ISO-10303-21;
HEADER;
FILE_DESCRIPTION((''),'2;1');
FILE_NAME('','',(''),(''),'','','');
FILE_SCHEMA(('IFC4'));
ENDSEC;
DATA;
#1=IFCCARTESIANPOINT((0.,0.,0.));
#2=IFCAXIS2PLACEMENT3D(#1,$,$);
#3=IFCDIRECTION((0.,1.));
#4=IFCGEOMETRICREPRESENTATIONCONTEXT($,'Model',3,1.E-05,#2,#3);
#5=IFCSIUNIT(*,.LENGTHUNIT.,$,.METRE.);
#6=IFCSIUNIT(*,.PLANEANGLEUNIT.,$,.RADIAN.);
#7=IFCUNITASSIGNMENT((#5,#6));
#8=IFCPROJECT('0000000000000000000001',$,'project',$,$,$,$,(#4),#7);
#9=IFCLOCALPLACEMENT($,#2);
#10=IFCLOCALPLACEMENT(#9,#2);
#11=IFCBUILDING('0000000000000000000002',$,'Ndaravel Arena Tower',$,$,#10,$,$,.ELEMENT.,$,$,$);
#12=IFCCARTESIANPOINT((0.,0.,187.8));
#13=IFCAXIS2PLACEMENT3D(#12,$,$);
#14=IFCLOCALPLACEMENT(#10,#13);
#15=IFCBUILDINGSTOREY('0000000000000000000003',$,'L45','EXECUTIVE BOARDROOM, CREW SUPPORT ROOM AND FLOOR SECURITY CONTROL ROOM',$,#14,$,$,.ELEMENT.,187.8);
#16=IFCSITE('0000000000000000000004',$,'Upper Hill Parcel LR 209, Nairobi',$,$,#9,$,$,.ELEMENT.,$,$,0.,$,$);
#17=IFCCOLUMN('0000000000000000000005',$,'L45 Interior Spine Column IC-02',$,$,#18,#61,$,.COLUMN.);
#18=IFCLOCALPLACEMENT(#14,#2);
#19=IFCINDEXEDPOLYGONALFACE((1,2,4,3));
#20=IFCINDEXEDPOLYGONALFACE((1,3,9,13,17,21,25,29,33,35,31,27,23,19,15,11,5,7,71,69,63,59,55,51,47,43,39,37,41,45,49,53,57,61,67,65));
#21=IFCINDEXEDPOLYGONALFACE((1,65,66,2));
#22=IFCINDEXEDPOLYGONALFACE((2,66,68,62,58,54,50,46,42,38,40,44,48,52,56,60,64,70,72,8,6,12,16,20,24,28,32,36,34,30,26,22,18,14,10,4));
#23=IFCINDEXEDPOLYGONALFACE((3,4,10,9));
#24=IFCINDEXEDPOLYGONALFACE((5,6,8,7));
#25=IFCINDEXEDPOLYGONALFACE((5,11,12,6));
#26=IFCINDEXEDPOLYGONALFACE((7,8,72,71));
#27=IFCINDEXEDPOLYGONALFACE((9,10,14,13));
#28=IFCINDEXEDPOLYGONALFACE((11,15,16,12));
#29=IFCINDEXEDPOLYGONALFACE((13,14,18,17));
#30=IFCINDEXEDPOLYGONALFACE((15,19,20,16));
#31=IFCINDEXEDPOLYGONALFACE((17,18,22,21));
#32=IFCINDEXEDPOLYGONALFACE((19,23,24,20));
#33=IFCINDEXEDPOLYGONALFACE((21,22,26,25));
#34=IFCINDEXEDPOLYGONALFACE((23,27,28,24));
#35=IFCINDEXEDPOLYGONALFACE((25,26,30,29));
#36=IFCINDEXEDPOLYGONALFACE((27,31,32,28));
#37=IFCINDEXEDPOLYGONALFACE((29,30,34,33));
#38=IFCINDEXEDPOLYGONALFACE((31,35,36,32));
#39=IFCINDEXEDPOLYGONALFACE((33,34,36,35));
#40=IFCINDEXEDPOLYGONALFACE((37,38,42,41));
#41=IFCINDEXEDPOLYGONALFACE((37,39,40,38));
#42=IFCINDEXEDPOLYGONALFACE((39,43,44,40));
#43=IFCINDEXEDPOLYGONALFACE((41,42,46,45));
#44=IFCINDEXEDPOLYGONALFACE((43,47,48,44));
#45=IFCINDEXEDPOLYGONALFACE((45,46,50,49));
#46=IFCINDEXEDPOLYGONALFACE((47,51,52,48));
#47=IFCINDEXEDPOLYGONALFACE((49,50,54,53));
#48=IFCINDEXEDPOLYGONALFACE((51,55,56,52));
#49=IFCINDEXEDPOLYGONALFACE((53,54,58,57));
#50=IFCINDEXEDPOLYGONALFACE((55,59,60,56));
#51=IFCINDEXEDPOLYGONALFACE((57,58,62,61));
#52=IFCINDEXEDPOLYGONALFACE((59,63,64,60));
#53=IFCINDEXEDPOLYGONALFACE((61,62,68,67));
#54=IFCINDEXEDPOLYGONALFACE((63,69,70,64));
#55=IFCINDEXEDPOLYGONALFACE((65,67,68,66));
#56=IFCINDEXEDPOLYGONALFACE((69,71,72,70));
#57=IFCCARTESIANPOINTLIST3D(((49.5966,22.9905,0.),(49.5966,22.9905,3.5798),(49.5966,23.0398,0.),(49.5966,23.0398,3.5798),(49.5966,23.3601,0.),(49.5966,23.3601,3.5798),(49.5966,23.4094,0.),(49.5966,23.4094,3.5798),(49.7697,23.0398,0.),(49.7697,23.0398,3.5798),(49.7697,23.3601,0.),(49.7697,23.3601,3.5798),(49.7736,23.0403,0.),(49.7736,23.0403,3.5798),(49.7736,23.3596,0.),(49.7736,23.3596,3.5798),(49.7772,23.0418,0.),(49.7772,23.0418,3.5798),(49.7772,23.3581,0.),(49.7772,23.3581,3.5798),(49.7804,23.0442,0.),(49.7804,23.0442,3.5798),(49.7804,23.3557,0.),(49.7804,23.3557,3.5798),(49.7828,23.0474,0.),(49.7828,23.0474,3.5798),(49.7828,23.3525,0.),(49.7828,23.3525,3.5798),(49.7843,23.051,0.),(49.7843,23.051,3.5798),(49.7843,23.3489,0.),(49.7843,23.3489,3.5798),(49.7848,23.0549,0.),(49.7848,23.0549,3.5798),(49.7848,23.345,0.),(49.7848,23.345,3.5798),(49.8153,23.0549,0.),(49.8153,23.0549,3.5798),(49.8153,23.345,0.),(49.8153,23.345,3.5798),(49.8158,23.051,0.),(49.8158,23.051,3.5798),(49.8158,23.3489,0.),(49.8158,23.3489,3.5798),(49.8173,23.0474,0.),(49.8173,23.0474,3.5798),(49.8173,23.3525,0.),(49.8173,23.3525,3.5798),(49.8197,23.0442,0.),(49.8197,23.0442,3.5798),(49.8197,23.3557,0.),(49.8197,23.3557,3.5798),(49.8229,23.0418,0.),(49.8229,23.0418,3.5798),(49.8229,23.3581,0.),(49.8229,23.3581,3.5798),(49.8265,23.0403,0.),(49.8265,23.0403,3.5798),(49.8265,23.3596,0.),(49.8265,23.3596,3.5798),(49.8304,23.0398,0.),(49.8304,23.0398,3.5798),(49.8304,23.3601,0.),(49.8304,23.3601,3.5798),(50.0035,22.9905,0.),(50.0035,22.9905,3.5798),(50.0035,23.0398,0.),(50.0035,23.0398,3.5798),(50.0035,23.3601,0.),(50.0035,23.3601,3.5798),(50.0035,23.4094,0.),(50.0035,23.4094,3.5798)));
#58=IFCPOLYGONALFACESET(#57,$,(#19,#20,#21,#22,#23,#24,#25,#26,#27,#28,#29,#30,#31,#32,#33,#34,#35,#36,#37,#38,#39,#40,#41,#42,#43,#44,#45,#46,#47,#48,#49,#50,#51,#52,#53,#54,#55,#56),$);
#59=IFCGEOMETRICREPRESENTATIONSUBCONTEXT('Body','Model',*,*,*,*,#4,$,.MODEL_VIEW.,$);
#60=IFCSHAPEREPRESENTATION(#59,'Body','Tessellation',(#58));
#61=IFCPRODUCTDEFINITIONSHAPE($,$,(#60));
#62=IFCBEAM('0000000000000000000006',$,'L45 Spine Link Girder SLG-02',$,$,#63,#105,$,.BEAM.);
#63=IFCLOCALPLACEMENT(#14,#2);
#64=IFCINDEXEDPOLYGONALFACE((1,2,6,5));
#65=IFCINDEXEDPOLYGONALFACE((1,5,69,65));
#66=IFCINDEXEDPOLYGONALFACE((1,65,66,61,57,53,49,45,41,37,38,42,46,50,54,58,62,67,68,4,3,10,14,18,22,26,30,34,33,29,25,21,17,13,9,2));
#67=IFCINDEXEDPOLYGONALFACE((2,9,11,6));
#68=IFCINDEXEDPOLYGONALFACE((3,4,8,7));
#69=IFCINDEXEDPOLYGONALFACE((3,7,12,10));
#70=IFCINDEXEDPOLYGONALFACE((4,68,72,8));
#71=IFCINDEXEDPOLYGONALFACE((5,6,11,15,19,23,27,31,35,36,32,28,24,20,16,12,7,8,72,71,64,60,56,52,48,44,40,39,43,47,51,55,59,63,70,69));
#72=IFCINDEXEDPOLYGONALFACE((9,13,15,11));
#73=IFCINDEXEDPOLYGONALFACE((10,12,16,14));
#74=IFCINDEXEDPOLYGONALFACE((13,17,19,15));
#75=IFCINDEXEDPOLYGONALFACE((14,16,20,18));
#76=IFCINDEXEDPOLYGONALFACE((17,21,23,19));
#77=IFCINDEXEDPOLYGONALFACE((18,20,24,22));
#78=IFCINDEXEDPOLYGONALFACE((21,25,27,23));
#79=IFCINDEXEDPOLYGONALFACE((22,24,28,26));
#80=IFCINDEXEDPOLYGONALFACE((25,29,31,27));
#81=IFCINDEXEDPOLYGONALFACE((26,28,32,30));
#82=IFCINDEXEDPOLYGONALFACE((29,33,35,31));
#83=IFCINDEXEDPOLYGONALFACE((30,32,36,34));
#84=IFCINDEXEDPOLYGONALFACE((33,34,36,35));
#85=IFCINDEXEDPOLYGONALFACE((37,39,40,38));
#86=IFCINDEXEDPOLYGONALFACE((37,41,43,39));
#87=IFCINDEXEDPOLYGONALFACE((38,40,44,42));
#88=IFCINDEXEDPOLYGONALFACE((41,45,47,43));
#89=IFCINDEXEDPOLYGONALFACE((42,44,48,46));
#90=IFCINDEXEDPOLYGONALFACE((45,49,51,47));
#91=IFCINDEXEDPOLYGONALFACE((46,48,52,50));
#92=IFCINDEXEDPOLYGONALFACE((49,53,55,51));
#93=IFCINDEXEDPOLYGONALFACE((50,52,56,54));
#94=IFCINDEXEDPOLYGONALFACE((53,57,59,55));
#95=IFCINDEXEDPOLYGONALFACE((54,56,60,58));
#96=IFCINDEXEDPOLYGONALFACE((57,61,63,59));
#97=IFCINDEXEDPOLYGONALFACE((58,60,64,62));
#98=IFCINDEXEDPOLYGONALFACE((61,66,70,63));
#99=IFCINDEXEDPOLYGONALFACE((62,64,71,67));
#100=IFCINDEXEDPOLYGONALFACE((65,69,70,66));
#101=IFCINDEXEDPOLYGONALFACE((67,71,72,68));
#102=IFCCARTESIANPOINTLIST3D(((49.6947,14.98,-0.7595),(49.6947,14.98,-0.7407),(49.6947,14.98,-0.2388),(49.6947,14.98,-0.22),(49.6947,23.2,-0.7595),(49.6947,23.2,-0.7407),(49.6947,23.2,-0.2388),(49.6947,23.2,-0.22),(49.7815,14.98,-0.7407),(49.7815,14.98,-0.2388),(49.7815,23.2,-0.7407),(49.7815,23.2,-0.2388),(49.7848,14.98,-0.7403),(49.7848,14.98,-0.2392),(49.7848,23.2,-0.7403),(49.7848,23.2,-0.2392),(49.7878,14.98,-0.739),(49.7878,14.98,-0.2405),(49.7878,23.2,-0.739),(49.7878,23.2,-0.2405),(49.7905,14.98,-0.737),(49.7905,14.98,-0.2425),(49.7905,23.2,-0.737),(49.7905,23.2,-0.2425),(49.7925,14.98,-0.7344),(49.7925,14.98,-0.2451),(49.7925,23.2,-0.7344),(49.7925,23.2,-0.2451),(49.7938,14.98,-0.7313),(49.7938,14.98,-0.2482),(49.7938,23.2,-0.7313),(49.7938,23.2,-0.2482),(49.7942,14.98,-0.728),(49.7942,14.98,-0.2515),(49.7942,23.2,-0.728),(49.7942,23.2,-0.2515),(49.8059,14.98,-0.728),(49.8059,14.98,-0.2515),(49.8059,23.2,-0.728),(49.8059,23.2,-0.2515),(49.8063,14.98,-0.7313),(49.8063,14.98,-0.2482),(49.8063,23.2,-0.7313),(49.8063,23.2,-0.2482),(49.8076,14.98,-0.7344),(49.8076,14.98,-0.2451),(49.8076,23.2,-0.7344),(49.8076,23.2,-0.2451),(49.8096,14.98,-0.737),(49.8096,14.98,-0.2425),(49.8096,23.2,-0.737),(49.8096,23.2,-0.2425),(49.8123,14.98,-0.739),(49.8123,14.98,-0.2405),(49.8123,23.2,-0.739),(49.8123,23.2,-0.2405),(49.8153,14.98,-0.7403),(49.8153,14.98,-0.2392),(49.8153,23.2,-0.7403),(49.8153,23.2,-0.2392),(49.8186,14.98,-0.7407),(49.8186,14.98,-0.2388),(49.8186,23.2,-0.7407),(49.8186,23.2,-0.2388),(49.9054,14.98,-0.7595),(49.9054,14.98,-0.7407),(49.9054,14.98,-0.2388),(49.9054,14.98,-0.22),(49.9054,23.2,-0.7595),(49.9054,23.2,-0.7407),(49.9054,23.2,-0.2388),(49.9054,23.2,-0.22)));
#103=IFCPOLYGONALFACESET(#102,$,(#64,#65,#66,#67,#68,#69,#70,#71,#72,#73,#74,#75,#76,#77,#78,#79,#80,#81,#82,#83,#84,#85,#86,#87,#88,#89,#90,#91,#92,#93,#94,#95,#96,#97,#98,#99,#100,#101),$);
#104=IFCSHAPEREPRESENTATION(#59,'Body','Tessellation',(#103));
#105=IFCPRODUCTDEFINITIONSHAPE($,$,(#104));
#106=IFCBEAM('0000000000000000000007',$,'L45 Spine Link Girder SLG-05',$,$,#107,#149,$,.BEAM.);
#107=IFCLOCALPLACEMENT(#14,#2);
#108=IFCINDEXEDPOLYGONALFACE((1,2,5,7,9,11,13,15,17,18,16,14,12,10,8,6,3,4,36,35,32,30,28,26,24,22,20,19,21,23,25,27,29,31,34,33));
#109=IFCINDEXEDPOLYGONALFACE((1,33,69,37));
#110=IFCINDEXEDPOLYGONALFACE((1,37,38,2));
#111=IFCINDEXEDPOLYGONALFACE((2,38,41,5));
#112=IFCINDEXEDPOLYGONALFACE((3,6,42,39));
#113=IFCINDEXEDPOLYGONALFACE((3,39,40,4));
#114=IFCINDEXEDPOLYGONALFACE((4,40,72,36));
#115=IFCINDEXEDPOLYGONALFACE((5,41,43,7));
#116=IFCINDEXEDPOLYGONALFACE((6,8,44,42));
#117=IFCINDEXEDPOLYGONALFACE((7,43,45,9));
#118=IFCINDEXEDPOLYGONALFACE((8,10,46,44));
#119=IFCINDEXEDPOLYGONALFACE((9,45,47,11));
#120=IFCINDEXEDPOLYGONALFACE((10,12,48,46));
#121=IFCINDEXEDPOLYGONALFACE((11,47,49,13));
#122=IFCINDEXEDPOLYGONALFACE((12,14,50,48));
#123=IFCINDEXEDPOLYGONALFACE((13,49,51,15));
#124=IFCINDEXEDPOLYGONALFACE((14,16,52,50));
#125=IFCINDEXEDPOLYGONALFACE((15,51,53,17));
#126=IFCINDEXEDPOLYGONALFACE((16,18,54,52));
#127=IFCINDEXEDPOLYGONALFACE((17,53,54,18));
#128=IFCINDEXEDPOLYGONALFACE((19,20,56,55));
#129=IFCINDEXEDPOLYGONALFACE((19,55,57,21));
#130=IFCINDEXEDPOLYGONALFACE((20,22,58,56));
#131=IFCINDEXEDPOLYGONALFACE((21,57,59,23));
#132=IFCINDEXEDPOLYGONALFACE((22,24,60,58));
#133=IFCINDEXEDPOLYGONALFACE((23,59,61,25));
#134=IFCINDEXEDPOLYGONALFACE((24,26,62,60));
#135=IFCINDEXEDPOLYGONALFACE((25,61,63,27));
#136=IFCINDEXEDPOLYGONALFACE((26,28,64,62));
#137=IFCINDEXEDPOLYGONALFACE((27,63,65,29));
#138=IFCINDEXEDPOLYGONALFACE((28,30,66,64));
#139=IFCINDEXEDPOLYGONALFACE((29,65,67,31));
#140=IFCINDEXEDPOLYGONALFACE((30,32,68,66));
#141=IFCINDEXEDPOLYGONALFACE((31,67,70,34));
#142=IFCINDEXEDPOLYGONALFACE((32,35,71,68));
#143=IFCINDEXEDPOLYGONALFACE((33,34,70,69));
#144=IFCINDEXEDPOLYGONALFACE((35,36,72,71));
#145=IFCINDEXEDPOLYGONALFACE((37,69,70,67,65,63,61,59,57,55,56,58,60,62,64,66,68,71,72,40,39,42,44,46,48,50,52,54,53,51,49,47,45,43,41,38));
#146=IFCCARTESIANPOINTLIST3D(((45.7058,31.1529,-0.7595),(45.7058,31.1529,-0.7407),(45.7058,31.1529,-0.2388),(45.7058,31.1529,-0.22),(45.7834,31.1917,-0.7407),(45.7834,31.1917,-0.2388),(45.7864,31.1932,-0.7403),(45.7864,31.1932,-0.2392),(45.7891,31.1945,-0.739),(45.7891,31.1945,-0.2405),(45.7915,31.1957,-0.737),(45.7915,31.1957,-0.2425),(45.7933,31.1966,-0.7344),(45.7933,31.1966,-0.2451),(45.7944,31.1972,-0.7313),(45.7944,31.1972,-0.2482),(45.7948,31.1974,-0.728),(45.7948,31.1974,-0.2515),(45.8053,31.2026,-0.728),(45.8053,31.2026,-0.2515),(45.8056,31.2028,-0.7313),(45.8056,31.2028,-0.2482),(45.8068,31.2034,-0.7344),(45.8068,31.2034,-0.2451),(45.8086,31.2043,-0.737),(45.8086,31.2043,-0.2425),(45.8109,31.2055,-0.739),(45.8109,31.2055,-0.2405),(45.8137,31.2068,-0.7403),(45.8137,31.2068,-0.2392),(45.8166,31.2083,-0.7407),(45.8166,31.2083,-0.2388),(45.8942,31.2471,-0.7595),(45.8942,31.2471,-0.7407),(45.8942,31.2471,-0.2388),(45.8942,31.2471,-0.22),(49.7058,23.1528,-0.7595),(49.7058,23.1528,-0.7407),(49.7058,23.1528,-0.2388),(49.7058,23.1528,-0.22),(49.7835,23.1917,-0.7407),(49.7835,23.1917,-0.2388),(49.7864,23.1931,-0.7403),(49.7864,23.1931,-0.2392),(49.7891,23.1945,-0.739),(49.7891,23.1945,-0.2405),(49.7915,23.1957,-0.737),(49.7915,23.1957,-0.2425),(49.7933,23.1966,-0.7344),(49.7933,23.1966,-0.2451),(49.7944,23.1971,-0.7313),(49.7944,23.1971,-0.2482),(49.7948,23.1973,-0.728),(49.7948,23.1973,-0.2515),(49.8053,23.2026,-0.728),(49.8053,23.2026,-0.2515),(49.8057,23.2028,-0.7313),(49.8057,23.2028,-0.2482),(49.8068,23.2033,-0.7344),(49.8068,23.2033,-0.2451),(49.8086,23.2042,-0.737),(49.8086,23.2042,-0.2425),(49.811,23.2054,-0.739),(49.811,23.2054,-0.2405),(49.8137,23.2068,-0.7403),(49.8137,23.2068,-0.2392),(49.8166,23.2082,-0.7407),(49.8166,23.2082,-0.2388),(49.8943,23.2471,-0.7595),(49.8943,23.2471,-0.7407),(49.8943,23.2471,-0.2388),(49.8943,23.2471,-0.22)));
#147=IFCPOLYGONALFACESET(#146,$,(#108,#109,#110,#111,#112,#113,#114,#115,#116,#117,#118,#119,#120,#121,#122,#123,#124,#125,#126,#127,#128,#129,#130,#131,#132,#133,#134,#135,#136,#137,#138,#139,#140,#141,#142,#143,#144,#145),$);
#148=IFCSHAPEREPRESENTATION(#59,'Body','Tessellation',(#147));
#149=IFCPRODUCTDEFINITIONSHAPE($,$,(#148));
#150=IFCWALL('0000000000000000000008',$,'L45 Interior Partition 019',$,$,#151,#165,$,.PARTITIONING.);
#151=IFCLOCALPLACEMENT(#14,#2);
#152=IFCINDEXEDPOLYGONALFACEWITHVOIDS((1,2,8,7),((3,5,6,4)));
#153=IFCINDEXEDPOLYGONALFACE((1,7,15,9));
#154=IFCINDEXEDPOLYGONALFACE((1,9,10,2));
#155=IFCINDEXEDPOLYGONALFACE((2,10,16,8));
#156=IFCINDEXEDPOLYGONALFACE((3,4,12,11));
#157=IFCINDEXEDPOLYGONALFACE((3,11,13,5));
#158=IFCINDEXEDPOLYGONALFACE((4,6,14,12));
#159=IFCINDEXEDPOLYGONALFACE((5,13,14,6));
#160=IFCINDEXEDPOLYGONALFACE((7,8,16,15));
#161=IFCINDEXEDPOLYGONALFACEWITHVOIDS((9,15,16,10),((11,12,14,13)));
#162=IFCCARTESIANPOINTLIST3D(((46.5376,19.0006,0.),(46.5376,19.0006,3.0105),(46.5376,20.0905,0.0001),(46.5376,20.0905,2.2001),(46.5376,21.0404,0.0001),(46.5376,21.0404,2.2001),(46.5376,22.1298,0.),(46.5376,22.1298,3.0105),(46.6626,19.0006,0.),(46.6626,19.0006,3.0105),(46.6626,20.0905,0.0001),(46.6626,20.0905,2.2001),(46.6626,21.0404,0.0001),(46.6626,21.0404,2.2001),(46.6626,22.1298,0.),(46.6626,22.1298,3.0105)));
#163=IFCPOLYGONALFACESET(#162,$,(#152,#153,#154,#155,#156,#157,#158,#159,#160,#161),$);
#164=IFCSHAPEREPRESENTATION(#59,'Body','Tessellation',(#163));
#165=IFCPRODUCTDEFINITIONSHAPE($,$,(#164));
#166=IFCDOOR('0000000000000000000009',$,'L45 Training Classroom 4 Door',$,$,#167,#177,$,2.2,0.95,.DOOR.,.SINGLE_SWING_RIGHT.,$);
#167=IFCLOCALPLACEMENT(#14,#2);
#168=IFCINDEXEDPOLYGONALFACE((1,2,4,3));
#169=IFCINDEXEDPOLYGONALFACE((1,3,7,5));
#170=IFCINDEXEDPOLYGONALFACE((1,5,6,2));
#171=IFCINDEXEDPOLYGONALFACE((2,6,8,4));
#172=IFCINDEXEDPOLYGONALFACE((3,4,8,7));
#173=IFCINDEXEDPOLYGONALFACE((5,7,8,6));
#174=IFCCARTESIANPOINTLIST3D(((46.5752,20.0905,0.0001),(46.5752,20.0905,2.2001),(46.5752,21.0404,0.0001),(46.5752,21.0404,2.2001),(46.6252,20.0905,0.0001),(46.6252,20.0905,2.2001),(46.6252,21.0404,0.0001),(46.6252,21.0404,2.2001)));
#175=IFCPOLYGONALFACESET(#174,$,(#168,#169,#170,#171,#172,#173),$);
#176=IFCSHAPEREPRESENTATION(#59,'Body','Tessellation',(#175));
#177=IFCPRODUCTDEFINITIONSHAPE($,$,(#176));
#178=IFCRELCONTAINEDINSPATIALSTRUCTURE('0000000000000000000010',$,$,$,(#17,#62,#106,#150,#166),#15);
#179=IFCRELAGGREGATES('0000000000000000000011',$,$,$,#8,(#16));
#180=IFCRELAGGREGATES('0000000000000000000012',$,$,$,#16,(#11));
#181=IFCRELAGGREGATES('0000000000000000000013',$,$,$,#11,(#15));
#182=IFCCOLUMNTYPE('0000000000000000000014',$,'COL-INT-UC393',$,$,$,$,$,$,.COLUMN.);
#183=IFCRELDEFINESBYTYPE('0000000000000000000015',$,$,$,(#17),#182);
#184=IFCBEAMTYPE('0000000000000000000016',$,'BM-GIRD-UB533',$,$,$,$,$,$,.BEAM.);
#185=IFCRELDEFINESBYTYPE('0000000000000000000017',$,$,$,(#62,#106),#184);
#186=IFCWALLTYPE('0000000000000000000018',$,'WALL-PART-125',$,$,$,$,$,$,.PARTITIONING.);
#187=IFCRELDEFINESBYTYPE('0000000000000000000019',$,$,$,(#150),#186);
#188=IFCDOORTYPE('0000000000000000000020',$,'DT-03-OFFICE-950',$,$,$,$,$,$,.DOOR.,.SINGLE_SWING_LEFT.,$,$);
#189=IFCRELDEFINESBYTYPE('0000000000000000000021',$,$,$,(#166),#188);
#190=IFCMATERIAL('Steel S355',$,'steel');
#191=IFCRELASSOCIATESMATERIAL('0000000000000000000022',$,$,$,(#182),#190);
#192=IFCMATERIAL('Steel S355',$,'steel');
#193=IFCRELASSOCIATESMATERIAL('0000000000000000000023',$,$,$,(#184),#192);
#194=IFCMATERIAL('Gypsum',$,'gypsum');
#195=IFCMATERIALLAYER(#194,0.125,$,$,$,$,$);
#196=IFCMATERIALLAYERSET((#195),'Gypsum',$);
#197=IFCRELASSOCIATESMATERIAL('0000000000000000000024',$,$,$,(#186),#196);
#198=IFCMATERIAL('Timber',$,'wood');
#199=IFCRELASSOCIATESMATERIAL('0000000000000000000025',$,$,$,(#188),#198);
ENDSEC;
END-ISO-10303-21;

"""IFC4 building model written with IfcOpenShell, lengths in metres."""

from ifc_helpers import new_model, si_unit, direction, frame, frame_2d, origin, origin_2d, place, context, subcontext, project, spatial, rectangle, i_section, extrude, material, layer, layer_set, material_profile, profile_set, type_object, element, fill, save


model = new_model("IFC4")

# Units and contexts
model_context = context("Model", 3, precision=1e-05, world=origin(), true_north=direction((0.0, 1.0)))
body_context = subcontext(model_context, "Body", "Model", "MODEL_VIEW")
ifc_project = project(units=[si_unit("LENGTHUNIT", "METRE"), si_unit("PLANEANGLEUNIT", "RADIAN")], contexts=[model_context])

# Site, building, storey
site_placement = place(None, origin())
site = spatial("IfcSite", under=ifc_project, at=site_placement, Name="Upper Hill Parcel LR 209, Nairobi", CompositionType="ELEMENT", RefElevation=0.0)
building_placement = place(site_placement, origin())
building = spatial("IfcBuilding", under=site, at=building_placement, Name="Ndaravel Arena Tower", CompositionType="ELEMENT")
storey_placement = place(building_placement, frame((0.0, 0.0, 187.8)))
storey = spatial("IfcBuildingStorey", under=building, at=storey_placement, Name="L45", Description="EXECUTIVE BOARDROOM, CREW SUPPORT ROOM AND FLOOR SECURITY CONTROL ROOM", CompositionType="ELEMENT", Elevation=187.8)

# Column
ifc_material_1 = material(Name="Steel S355", Category="steel")
ifc_material_profile_1 = material_profile(ifc_material_1, i_section(OverallWidth=0.407, OverallDepth=0.4189, WebThickness=0.0305, FlangeThickness=0.0493, FilletRadius=0.0151, at=origin_2d()), Name="UC 356x406x393")
ifc_profile_set_1 = profile_set([ifc_material_profile_1], Name="Steel S355")
column_type = type_object("IfcColumnType", Name="COL-INT-UC393", PredefinedType="COLUMN", material=ifc_profile_set_1)
column_placement = place(storey_placement, frame((49.8, 23.2, 0.0), z_axis=(0.0, 0.0, 1.0), x_axis=(1.0, 0.0, 0.0)))
element("IfcColumn", 1, at=column_placement, inside=storey, type_object=column_type, Name="L45 Interior Spine Column IC-02", PredefinedType="COLUMN", context=body_context, shape_type="SweptSolid", body=[
    extrude(i_section(OverallWidth=0.407, OverallDepth=0.4189, WebThickness=0.0305, FlangeThickness=0.0493, FilletRadius=0.0151, at=origin_2d()), origin(), (0.0, 0.0, 1.0), 3.5798),
])

# Beams
ifc_material_2 = material(Name="Steel S355", Category="steel")
ifc_material_profile_2 = material_profile(ifc_material_2, i_section(OverallWidth=0.2107, OverallDepth=0.5396, WebThickness=0.0117, FlangeThickness=0.0188, FilletRadius=0.0127, at=origin_2d()), Name="UB 533x210x109")
ifc_profile_set_2 = profile_set([ifc_material_profile_2], Name="Steel S355")
beam_type = type_object("IfcBeamType", Name="BM-GIRD-UB533", PredefinedType="BEAM", material=ifc_profile_set_2)
beam_1_placement = place(storey_placement, frame((49.8, 14.98, -0.4897), z_axis=(0.0, 1.0, 0.0), x_axis=(-1.0, 0.0, 0.0)))
element("IfcBeam", 2, at=beam_1_placement, inside=storey, type_object=beam_type, Name="L45 Spine Link Girder SLG-02", PredefinedType="BEAM", context=body_context, shape_type="SweptSolid", body=[
    extrude(i_section(OverallWidth=0.2107, OverallDepth=0.5396, WebThickness=0.0117, FlangeThickness=0.0188, FilletRadius=0.0127, at=origin_2d()), origin(), (0.0, 0.0, 1.0), 8.22),
])
beam_2_placement = place(storey_placement, frame((49.8, 23.2, -0.4897), z_axis=(-0.447214, 0.894427, 0.0), x_axis=(-0.894427, -0.447214, 0.0)))
element("IfcBeam", 3, at=beam_2_placement, inside=storey, type_object=beam_type, Name="L45 Spine Link Girder SLG-05", PredefinedType="BEAM", context=body_context, shape_type="SweptSolid", body=[
    extrude(i_section(OverallWidth=0.2107, OverallDepth=0.5396, WebThickness=0.0117, FlangeThickness=0.0188, FilletRadius=0.0127, at=origin_2d()), origin(), (0.0, 0.0, 1.0), 8.9443),
])

# Wall, opening, door
ifc_material_3 = material(Name="Gypsum", Category="gypsum")
ifc_layer_1 = layer(ifc_material_3, 0.125)
ifc_layer_set_1 = layer_set([ifc_layer_1], Name="Gypsum")
wall_type_1 = type_object("IfcWallType", Name="WALL-PART-125", PredefinedType="PARTITIONING", material=ifc_layer_set_1)
wall_1_placement = place(storey_placement, frame((46.6001, 19.0007, 0.0), z_axis=(0.0, 0.0, 1.0), x_axis=(0.0, 1.0, 0.0)))
wall_1 = element("IfcWall", 4, at=wall_1_placement, inside=storey, type_object=wall_type_1, Name="L45 Interior Partition 019", PredefinedType="PARTITIONING", context=body_context, shape_type="SweptSolid", body=[
    extrude(rectangle(XDim=3.1292, YDim=0.125, at=frame_2d((1.5645, 0.0))), origin(), (0.0, 0.0, 1.0), 3.0105),
])
opening_1_placement = place(wall_1_placement, frame((1.0896, 0.0, 0.0)))
opening_1 = element("IfcOpeningElement", 5, at=opening_1_placement, cuts=wall_1, PredefinedType="OPENING", context=body_context, shape_type="SweptSolid", body=[
    extrude(rectangle(XDim=0.95, YDim=2.2, at=frame_2d((0.4751, 1.1001))), frame((0.0, 0.0625, 0.0), z_axis=(0.0, -1.0, 0.0), x_axis=(1.0, 0.0, 0.0)), (0.0, 0.0, 1.0), 0.125),
])
ifc_material_4 = material(Name="Timber", Category="wood")
door_type_1 = type_object("IfcDoorType", Name="DT-03-OFFICE-950", OperationType="SINGLE_SWING_LEFT", PredefinedType="DOOR", material=ifc_material_4)
door_1_placement = place(opening_1_placement, origin())
door_1 = element("IfcDoor", 6, at=door_1_placement, inside=storey, type_object=door_type_1, Name="L45 Training Classroom 4 Door", OperationType="SINGLE_SWING_RIGHT", OverallHeight=2.2, OverallWidth=0.95, PredefinedType="DOOR", context=body_context, shape_type="SweptSolid", body=[
    extrude(rectangle(XDim=0.95, YDim=2.2, at=frame_2d((0.4751, 1.1001))), frame((0.0, 0.0249, 0.0), z_axis=(0.0, -1.0, 0.0), x_axis=(1.0, 0.0, 0.0)), (0.0, 0.0, 1.0), 0.05),
])
fill(opening_1, door_1)

save(model, "model.ifc")
